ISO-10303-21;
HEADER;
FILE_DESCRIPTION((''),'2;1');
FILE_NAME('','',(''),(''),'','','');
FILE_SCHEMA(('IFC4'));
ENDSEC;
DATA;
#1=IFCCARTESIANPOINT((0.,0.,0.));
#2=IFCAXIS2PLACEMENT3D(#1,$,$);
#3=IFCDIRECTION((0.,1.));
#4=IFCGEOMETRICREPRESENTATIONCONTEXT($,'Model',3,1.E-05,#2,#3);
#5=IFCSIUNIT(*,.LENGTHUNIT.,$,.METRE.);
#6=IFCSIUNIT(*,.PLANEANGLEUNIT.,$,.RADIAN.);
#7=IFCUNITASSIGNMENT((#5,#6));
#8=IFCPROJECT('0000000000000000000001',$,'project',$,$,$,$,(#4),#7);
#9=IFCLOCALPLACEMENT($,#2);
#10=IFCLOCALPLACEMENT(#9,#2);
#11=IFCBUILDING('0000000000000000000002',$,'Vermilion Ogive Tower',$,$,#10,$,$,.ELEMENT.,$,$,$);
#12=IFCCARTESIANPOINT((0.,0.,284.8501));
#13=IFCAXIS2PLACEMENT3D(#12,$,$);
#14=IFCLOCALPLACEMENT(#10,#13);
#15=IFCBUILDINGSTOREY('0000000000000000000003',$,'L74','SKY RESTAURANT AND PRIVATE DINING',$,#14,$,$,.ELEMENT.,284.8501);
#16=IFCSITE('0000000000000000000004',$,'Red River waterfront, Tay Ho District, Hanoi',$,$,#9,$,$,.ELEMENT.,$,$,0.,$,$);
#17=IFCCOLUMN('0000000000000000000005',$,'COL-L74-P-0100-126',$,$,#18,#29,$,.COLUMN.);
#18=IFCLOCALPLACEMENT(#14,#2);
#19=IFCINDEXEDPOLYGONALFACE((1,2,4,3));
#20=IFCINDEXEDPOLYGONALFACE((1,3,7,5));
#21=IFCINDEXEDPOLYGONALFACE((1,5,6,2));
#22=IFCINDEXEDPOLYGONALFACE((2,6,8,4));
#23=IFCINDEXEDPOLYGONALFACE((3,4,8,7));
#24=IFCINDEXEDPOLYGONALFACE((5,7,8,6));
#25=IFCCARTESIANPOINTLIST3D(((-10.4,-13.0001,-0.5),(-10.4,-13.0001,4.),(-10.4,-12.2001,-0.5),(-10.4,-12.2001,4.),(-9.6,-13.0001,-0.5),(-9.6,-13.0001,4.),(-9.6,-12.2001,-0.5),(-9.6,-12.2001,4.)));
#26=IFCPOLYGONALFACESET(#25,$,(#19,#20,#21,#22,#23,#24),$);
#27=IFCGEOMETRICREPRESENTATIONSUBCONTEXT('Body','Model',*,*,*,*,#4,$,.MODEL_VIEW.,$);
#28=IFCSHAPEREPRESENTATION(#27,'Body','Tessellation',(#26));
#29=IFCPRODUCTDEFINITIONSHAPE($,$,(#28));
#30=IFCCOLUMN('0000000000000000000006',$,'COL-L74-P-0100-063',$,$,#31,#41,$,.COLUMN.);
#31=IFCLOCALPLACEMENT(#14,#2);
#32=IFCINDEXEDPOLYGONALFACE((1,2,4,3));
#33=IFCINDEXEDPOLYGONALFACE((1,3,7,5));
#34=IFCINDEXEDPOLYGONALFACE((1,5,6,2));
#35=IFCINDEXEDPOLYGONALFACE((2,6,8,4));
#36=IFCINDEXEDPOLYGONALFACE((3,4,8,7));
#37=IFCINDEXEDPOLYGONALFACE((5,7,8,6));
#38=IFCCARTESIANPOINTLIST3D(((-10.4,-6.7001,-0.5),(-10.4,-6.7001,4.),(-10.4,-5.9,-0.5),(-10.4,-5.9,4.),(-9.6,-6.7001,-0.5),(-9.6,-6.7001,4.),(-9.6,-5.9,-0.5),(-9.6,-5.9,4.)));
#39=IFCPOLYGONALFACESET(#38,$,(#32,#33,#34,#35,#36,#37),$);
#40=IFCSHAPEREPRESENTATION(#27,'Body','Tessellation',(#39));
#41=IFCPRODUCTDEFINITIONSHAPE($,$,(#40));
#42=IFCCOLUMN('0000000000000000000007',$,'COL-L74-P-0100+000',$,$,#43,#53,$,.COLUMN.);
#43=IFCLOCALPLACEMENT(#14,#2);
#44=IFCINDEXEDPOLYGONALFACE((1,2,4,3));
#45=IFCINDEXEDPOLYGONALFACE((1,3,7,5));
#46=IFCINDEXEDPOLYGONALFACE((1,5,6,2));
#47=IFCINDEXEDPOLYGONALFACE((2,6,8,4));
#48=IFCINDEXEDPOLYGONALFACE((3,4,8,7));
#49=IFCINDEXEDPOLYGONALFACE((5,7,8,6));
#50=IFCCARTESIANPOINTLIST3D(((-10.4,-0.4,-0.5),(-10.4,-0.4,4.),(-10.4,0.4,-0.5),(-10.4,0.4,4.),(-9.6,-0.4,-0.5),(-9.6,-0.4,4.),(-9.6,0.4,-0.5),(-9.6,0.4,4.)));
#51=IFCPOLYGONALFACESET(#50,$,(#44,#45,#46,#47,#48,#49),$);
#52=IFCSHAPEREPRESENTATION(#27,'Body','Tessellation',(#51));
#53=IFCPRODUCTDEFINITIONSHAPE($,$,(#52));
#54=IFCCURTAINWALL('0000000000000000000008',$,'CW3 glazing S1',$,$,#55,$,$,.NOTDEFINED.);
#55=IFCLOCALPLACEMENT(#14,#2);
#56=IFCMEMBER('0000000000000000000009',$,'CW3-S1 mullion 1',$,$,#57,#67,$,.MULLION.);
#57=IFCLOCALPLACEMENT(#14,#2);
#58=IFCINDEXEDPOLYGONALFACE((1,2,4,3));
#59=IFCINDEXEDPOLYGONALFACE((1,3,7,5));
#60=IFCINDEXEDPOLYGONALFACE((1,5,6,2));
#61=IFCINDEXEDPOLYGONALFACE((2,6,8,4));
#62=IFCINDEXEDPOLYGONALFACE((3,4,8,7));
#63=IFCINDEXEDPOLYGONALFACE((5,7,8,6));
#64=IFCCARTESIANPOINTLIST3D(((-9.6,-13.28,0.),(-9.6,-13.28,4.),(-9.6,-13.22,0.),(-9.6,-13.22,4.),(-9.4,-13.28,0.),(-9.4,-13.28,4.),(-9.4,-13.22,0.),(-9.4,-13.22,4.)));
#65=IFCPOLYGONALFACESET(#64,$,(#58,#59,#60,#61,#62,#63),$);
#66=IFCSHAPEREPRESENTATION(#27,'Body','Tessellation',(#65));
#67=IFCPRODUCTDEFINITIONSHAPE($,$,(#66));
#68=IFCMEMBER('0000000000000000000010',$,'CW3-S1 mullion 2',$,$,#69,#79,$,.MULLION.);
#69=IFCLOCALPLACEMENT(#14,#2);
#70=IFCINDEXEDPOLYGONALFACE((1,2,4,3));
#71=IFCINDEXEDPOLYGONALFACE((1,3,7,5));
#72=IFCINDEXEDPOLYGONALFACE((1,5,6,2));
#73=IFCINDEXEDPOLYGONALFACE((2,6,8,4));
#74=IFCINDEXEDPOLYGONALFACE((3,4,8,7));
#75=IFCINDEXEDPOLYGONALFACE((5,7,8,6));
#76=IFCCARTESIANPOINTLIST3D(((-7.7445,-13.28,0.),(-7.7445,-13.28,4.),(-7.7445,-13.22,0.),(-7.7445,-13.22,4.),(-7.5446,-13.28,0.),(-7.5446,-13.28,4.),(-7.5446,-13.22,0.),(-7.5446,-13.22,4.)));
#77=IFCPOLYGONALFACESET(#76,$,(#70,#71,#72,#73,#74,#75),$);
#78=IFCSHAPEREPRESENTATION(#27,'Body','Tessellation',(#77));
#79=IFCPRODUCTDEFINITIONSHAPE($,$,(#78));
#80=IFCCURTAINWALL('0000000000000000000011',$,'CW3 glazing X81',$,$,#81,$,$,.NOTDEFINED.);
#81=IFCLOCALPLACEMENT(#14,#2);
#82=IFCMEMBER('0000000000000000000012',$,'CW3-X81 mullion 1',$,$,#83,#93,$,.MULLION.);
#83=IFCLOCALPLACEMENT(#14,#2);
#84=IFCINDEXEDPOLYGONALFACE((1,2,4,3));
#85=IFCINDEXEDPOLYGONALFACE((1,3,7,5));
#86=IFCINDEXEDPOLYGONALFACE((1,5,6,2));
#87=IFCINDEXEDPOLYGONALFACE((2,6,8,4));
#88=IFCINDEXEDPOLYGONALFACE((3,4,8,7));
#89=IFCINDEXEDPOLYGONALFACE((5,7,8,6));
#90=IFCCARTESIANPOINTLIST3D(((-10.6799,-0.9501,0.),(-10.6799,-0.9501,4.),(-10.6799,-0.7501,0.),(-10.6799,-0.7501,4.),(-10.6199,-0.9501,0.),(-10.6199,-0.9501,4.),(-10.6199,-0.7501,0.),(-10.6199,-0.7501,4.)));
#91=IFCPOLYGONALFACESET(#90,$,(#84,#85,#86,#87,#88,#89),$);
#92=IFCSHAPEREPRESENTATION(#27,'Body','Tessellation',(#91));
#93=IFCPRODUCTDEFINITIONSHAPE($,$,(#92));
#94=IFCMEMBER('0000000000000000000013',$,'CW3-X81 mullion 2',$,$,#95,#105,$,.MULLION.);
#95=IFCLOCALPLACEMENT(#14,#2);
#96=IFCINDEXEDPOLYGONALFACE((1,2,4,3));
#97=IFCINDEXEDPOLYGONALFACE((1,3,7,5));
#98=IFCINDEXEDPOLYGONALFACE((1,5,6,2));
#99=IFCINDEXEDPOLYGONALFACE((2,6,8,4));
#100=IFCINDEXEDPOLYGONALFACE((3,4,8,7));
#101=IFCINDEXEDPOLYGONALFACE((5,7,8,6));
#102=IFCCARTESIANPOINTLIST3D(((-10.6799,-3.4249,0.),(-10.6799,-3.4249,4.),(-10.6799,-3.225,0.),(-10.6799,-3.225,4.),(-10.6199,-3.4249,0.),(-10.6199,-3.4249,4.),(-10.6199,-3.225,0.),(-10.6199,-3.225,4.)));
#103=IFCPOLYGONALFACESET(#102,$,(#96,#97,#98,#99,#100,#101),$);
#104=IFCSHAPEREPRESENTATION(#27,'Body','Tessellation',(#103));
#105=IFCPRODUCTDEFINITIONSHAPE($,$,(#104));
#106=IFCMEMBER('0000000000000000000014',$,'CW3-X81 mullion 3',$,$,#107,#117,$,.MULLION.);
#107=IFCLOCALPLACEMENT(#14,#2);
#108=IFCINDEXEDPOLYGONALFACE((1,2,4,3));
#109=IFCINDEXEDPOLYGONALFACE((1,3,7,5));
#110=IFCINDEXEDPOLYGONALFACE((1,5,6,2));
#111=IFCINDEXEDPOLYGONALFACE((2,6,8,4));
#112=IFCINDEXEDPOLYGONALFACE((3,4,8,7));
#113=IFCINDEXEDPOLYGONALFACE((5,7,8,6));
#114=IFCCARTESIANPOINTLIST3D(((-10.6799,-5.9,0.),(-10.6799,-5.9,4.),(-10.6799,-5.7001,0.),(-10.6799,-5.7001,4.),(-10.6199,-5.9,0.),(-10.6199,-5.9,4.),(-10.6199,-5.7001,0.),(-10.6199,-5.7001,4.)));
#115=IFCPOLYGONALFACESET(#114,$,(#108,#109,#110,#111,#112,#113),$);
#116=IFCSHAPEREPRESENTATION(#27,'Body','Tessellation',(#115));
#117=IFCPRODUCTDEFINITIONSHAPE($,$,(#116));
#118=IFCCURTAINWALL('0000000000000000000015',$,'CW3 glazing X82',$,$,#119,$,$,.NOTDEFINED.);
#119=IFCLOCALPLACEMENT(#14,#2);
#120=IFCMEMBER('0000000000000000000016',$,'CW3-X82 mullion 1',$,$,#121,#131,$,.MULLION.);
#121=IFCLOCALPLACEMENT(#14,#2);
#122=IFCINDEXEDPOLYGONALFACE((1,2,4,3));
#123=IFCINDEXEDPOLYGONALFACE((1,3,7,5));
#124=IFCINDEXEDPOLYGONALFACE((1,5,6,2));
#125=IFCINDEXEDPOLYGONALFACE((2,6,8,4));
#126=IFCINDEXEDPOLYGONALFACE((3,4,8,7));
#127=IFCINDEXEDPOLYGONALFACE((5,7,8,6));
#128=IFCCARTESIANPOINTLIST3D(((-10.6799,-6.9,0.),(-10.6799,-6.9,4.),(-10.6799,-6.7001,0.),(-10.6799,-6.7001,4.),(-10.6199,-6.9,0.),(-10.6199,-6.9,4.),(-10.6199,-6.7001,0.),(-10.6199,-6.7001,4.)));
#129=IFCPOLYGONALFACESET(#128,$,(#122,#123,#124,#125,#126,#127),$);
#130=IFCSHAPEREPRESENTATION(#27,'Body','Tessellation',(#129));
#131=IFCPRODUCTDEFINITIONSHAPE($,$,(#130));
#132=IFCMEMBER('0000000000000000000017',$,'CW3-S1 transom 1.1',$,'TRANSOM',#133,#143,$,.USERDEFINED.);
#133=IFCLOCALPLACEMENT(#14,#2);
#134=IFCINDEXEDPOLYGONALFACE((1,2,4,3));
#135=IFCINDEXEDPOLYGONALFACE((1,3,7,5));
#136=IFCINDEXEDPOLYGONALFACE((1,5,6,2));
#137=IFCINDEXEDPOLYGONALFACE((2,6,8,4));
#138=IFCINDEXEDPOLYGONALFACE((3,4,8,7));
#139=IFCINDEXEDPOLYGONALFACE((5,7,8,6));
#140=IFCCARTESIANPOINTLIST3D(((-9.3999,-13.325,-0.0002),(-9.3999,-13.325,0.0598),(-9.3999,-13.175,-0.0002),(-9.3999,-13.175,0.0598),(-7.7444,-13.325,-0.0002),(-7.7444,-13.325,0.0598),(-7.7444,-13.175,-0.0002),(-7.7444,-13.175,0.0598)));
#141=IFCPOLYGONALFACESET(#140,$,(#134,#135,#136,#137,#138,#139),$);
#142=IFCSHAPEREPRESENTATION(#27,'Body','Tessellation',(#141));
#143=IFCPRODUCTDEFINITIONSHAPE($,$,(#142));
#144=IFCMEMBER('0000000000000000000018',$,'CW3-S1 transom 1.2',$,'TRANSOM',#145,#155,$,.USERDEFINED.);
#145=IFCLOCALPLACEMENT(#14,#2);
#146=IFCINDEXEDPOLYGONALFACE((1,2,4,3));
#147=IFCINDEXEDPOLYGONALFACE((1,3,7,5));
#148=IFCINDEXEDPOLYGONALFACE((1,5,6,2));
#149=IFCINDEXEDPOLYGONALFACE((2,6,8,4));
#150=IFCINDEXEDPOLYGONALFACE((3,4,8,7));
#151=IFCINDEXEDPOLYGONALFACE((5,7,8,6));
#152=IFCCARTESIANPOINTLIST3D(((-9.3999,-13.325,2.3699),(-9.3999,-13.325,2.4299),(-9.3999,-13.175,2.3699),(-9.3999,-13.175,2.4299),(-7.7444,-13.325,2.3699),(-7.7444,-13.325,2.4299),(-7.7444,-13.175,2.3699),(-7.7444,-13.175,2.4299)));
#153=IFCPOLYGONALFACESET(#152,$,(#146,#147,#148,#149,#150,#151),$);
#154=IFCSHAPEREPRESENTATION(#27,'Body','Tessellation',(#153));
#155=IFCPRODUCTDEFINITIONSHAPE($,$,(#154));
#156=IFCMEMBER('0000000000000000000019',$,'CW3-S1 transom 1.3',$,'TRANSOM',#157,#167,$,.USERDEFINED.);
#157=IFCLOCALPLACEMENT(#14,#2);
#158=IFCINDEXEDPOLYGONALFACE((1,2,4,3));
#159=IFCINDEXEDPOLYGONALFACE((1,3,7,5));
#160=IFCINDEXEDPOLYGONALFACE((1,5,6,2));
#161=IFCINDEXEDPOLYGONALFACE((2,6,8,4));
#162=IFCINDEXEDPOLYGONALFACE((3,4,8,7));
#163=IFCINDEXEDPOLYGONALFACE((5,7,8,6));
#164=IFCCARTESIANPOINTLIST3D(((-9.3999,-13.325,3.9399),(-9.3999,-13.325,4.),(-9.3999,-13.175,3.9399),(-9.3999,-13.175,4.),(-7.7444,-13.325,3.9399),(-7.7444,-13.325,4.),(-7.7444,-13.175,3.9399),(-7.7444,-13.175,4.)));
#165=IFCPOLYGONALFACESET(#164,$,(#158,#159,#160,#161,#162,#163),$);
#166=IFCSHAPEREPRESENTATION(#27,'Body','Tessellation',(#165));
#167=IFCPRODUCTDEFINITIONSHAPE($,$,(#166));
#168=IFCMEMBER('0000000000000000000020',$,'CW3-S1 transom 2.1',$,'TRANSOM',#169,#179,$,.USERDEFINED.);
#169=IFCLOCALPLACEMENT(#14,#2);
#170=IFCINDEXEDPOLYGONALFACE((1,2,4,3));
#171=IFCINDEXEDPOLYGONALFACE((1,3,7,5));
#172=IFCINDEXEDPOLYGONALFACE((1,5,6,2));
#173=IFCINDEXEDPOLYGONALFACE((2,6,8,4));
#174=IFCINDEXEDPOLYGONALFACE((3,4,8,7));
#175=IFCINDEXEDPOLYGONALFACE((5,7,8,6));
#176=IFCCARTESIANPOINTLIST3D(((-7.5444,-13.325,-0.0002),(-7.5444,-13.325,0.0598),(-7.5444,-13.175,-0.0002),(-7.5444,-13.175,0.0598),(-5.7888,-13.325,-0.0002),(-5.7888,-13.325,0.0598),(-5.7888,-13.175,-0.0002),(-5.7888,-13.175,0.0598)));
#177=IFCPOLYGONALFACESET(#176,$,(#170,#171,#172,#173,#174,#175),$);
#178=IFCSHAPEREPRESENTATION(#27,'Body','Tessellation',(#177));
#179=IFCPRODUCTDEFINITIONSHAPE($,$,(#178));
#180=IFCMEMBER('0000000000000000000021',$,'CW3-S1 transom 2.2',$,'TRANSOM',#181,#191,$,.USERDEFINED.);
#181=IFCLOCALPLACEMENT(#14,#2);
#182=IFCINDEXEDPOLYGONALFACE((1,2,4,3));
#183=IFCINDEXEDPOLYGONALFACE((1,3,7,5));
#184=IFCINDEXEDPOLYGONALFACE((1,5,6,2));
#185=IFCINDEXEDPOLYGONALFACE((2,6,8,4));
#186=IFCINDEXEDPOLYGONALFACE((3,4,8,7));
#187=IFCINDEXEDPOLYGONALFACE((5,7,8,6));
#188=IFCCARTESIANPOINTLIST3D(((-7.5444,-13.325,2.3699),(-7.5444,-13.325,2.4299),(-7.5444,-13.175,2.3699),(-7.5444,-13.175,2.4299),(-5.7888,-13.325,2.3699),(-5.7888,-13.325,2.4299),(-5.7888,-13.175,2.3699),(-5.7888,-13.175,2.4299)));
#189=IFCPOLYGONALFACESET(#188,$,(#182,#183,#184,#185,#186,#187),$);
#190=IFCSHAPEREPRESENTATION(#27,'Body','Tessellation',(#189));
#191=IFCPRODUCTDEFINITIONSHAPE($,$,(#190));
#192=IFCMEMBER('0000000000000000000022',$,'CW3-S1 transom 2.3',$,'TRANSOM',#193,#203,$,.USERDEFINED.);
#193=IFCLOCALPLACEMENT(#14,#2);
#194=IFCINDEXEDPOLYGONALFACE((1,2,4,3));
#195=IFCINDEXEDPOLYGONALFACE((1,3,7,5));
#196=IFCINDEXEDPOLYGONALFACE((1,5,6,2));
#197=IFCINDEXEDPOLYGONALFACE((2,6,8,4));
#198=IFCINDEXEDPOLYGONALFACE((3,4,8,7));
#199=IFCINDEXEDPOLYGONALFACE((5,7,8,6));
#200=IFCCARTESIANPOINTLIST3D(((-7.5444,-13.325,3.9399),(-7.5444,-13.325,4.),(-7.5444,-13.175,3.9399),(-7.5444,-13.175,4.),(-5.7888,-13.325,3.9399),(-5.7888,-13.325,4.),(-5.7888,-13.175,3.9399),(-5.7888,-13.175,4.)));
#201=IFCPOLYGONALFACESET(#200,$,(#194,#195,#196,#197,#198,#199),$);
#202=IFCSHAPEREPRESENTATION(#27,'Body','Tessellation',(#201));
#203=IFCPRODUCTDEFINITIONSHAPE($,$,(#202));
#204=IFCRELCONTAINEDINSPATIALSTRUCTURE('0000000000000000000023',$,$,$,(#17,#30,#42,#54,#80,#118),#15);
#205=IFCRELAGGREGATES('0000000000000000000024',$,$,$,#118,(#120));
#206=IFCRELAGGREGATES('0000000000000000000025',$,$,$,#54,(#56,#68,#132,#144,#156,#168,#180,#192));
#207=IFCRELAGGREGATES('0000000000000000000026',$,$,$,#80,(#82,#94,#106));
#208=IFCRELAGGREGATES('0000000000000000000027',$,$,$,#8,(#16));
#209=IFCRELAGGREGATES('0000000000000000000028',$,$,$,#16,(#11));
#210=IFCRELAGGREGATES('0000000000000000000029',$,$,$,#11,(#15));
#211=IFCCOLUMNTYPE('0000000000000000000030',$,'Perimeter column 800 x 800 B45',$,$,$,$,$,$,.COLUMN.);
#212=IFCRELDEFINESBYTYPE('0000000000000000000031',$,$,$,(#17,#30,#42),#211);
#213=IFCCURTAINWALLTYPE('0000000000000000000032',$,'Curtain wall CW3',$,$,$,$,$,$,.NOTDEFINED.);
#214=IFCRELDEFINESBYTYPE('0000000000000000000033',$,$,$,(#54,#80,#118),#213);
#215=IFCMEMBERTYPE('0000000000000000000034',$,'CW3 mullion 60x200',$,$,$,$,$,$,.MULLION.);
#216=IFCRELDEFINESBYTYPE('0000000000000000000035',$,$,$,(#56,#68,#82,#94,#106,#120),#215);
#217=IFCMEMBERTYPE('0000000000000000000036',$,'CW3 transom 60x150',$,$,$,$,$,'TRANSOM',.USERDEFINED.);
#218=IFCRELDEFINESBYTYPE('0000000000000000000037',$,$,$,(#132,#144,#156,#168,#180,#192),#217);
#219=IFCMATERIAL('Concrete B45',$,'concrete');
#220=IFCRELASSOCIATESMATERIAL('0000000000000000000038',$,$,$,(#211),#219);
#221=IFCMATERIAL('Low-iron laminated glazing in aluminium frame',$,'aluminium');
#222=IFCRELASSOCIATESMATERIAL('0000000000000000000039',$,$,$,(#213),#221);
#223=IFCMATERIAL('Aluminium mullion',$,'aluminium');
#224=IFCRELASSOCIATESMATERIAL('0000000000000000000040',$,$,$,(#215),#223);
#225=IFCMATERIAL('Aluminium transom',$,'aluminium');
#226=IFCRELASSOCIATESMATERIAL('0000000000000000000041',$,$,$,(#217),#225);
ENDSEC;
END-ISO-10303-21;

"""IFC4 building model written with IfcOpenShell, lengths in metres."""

from ifc_helpers import new_model, si_unit, direction, frame, origin, origin_2d, place, context, subcontext, project, spatial, rectangle, extrude, material, material_profile, profile_set, type_object, element, aggregate, save


model = new_model("IFC4")

# Units and contexts
model_context = context("Model", 3, precision=1e-05, world=origin(), true_north=direction((0.0, 1.0)))
body_context = subcontext(model_context, "Body", "Model", "MODEL_VIEW")
ifc_project = project(units=[si_unit("LENGTHUNIT", "METRE"), si_unit("PLANEANGLEUNIT", "RADIAN")], contexts=[model_context])

# Site, building, storey
site_placement = place(None, origin())
site = spatial("IfcSite", under=ifc_project, at=site_placement, Name="Red River waterfront, Tay Ho District, Hanoi", CompositionType="ELEMENT", RefElevation=0.0)
building_placement = place(site_placement, origin())
building = spatial("IfcBuilding", under=site, at=building_placement, Name="Vermilion Ogive Tower", CompositionType="ELEMENT")
storey_placement = place(building_placement, frame((0.0, 0.0, 284.8501)))
storey = spatial("IfcBuildingStorey", under=building, at=storey_placement, Name="L74", Description="SKY RESTAURANT AND PRIVATE DINING", CompositionType="ELEMENT", Elevation=284.8501)

# Columns
ifc_material_1 = material(Name="Concrete B45", Category="concrete")
ifc_material_profile_1 = material_profile(ifc_material_1, rectangle(XDim=0.8, YDim=0.8, at=origin_2d()), Name="800 x 800")
ifc_profile_set_1 = profile_set([ifc_material_profile_1], Name="Concrete B45")
column_type = type_object("IfcColumnType", Name="Perimeter column 800 x 800 B45", PredefinedType="COLUMN", material=ifc_profile_set_1)
for number, where, z_axis, x_axis, name in (
    (1, (-10.0, -12.6001, -0.5), (0.0, 0.0, 1.0), (1.0, 0.0, 0.0), "COL-L74-P-0100-126"),
    (2, (-10.0, -6.3, -0.5), (0.0, 0.0, 1.0), (1.0, 0.0, 0.0), "COL-L74-P-0100-063"),
    (3, (-10.0, 0.0, -0.5), (0.0, 0.0, 1.0), (1.0, 0.0, 0.0), "COL-L74-P-0100+000"),
):
    element("IfcColumn", number, at=place(storey_placement, frame(where, z_axis=z_axis, x_axis=x_axis)), inside=storey, type_object=column_type, Name=name, PredefinedType="COLUMN", context=body_context, shape_type="SweptSolid", body=[
        extrude(rectangle(XDim=0.8, YDim=0.8, at=origin_2d()), origin(), (0.0, 0.0, 1.0), 4.5),
    ])

# Curtain walls, members
ifc_material_2 = material(Name="Low-iron laminated glazing in aluminium frame", Category="aluminium")
curtain_wall_type = type_object("IfcCurtainWallType", Name="Curtain wall CW3", PredefinedType="NOTDEFINED", material=ifc_material_2)
curtain_wall_1_placement = place(storey_placement, origin())
curtain_wall_1 = element("IfcCurtainWall", 4, at=curtain_wall_1_placement, inside=storey, type_object=curtain_wall_type, Name="CW3 glazing S1", PredefinedType="NOTDEFINED")
ifc_material_3 = material(Name="Aluminium mullion", Category="aluminium")
ifc_material_profile_2 = material_profile(ifc_material_3, rectangle(XDim=0.0601, YDim=0.2, at=origin_2d()), Name="AL 60x200")
ifc_profile_set_2 = profile_set([ifc_material_profile_2], Name="Aluminium mullion")
member_type_1 = type_object("IfcMemberType", Name="CW3 mullion 60x200", PredefinedType="MULLION", material=ifc_profile_set_2)
member_1_placement = place(storey_placement, frame((-9.5, -13.25, 0.0), z_axis=(0.0, 0.0, 1.0), x_axis=(0.0, 1.0, 0.0)))
member_1 = element("IfcMember", 5, at=member_1_placement, type_object=member_type_1, Name="CW3-S1 mullion 1", PredefinedType="MULLION", context=body_context, shape_type="SweptSolid", body=[
    extrude(rectangle(XDim=0.0601, YDim=0.2, at=origin_2d()), origin(), (0.0, 0.0, 1.0), 4.0),
])
member_2_placement = place(storey_placement, frame((-7.6445, -13.25, 0.0), z_axis=(0.0, 0.0, 1.0), x_axis=(0.0, 1.0, 0.0)))
member_2 = element("IfcMember", 6, at=member_2_placement, type_object=member_type_1, Name="CW3-S1 mullion 2", PredefinedType="MULLION", context=body_context, shape_type="SweptSolid", body=[
    extrude(rectangle(XDim=0.0601, YDim=0.2, at=origin_2d()), origin(), (0.0, 0.0, 1.0), 4.0),
])
curtain_wall_2_placement = place(storey_placement, origin())
curtain_wall_2 = element("IfcCurtainWall", 7, at=curtain_wall_2_placement, inside=storey, type_object=curtain_wall_type, Name="CW3 glazing X81", PredefinedType="NOTDEFINED")
member_3_placement = place(storey_placement, frame((-10.6499, -0.8501, 0.0), z_axis=(0.0, 0.0, 1.0), x_axis=(1.0, 0.0, 0.0)))
member_3 = element("IfcMember", 8, at=member_3_placement, type_object=member_type_1, Name="CW3-X81 mullion 1", PredefinedType="MULLION", context=body_context, shape_type="SweptSolid", body=[
    extrude(rectangle(XDim=0.0601, YDim=0.2, at=origin_2d()), origin(), (0.0, 0.0, 1.0), 4.0),
])
member_4_placement = place(storey_placement, frame((-10.6499, -3.325, 0.0), z_axis=(0.0, 0.0, 1.0), x_axis=(1.0, 0.0, 0.0)))
member_4 = element("IfcMember", 9, at=member_4_placement, type_object=member_type_1, Name="CW3-X81 mullion 2", PredefinedType="MULLION", context=body_context, shape_type="SweptSolid", body=[
    extrude(rectangle(XDim=0.0601, YDim=0.2, at=origin_2d()), origin(), (0.0, 0.0, 1.0), 4.0),
])
member_5_placement = place(storey_placement, frame((-10.6499, -5.8, 0.0), z_axis=(0.0, 0.0, 1.0), x_axis=(1.0, 0.0, 0.0)))
member_5 = element("IfcMember", 10, at=member_5_placement, type_object=member_type_1, Name="CW3-X81 mullion 3", PredefinedType="MULLION", context=body_context, shape_type="SweptSolid", body=[
    extrude(rectangle(XDim=0.0601, YDim=0.2, at=origin_2d()), origin(), (0.0, 0.0, 1.0), 4.0),
])

# Curtain wall, member
curtain_wall_3_placement = place(storey_placement, origin())
curtain_wall_3 = element("IfcCurtainWall", 11, at=curtain_wall_3_placement, inside=storey, type_object=curtain_wall_type, Name="CW3 glazing X82", PredefinedType="NOTDEFINED")
member_6_placement = place(storey_placement, frame((-10.6499, -6.8, 0.0), z_axis=(0.0, 0.0, 1.0), x_axis=(1.0, 0.0, 0.0)))
member_6 = element("IfcMember", 12, at=member_6_placement, type_object=member_type_1, Name="CW3-X82 mullion 1", PredefinedType="MULLION", context=body_context, shape_type="SweptSolid", body=[
    extrude(rectangle(XDim=0.0601, YDim=0.2, at=origin_2d()), origin(), (0.0, 0.0, 1.0), 4.0),
])
aggregate(curtain_wall_3, [member_6])

# Members
ifc_material_4 = material(Name="Aluminium transom", Category="aluminium")
ifc_material_profile_3 = material_profile(ifc_material_4, rectangle(XDim=0.1499, YDim=0.0601, at=origin_2d()), Name="AL 60x150")
ifc_profile_set_3 = profile_set([ifc_material_profile_3], Name="Aluminium transom")
member_type_2 = type_object("IfcMemberType", Name="CW3 transom 60x150", ElementType="TRANSOM", PredefinedType="USERDEFINED", material=ifc_profile_set_3)
member_7_placement = place(storey_placement, frame((-9.3999, -13.25, 0.0298), z_axis=(1.0, 0.0, 0.0), x_axis=(0.0, 1.0, 0.0)))
member_7 = element("IfcMember", 13, at=member_7_placement, type_object=member_type_2, Name="CW3-S1 transom 1.1", ObjectType="TRANSOM", PredefinedType="USERDEFINED", context=body_context, shape_type="SweptSolid", body=[
    extrude(rectangle(XDim=0.1499, YDim=0.0601, at=origin_2d()), origin(), (0.0, 0.0, 1.0), 1.6555),
])
member_8_placement = place(storey_placement, frame((-9.3999, -13.25, 2.3999), z_axis=(1.0, 0.0, 0.0), x_axis=(0.0, 1.0, 0.0)))
member_8 = element("IfcMember", 14, at=member_8_placement, type_object=member_type_2, Name="CW3-S1 transom 1.2", ObjectType="TRANSOM", PredefinedType="USERDEFINED", context=body_context, shape_type="SweptSolid", body=[
    extrude(rectangle(XDim=0.1499, YDim=0.0601, at=origin_2d()), origin(), (0.0, 0.0, 1.0), 1.6555),
])
member_9_placement = place(storey_placement, frame((-9.3999, -13.25, 3.97), z_axis=(1.0, 0.0, 0.0), x_axis=(0.0, 1.0, 0.0)))
member_9 = element("IfcMember", 15, at=member_9_placement, type_object=member_type_2, Name="CW3-S1 transom 1.3", ObjectType="TRANSOM", PredefinedType="USERDEFINED", context=body_context, shape_type="SweptSolid", body=[
    extrude(rectangle(XDim=0.1499, YDim=0.0601, at=origin_2d()), origin(), (0.0, 0.0, 1.0), 1.6555),
])
member_10_placement = place(storey_placement, frame((-7.5444, -13.25, 0.0298), z_axis=(1.0, 0.0, 0.0), x_axis=(0.0, 1.0, 0.0)))
member_10 = element("IfcMember", 16, at=member_10_placement, type_object=member_type_2, Name="CW3-S1 transom 2.1", ObjectType="TRANSOM", PredefinedType="USERDEFINED", context=body_context, shape_type="SweptSolid", body=[
    extrude(rectangle(XDim=0.1499, YDim=0.0601, at=origin_2d()), origin(), (0.0, 0.0, 1.0), 1.7556),
])
member_11_placement = place(storey_placement, frame((-7.5444, -13.25, 2.3999), z_axis=(1.0, 0.0, 0.0), x_axis=(0.0, 1.0, 0.0)))
member_11 = element("IfcMember", 17, at=member_11_placement, type_object=member_type_2, Name="CW3-S1 transom 2.2", ObjectType="TRANSOM", PredefinedType="USERDEFINED", context=body_context, shape_type="SweptSolid", body=[
    extrude(rectangle(XDim=0.1499, YDim=0.0601, at=origin_2d()), origin(), (0.0, 0.0, 1.0), 1.7556),
])
member_12_placement = place(storey_placement, frame((-7.5444, -13.25, 3.97), z_axis=(1.0, 0.0, 0.0), x_axis=(0.0, 1.0, 0.0)))
member_12 = element("IfcMember", 18, at=member_12_placement, type_object=member_type_2, Name="CW3-S1 transom 2.3", ObjectType="TRANSOM", PredefinedType="USERDEFINED", context=body_context, shape_type="SweptSolid", body=[
    extrude(rectangle(XDim=0.1499, YDim=0.0601, at=origin_2d()), origin(), (0.0, 0.0, 1.0), 1.7556),
])

aggregate(curtain_wall_1, [member_1, member_2, member_7, member_8, member_9, member_10, member_11, member_12])
aggregate(curtain_wall_2, [member_3, member_4, member_5])

save(model, "model.ifc")
